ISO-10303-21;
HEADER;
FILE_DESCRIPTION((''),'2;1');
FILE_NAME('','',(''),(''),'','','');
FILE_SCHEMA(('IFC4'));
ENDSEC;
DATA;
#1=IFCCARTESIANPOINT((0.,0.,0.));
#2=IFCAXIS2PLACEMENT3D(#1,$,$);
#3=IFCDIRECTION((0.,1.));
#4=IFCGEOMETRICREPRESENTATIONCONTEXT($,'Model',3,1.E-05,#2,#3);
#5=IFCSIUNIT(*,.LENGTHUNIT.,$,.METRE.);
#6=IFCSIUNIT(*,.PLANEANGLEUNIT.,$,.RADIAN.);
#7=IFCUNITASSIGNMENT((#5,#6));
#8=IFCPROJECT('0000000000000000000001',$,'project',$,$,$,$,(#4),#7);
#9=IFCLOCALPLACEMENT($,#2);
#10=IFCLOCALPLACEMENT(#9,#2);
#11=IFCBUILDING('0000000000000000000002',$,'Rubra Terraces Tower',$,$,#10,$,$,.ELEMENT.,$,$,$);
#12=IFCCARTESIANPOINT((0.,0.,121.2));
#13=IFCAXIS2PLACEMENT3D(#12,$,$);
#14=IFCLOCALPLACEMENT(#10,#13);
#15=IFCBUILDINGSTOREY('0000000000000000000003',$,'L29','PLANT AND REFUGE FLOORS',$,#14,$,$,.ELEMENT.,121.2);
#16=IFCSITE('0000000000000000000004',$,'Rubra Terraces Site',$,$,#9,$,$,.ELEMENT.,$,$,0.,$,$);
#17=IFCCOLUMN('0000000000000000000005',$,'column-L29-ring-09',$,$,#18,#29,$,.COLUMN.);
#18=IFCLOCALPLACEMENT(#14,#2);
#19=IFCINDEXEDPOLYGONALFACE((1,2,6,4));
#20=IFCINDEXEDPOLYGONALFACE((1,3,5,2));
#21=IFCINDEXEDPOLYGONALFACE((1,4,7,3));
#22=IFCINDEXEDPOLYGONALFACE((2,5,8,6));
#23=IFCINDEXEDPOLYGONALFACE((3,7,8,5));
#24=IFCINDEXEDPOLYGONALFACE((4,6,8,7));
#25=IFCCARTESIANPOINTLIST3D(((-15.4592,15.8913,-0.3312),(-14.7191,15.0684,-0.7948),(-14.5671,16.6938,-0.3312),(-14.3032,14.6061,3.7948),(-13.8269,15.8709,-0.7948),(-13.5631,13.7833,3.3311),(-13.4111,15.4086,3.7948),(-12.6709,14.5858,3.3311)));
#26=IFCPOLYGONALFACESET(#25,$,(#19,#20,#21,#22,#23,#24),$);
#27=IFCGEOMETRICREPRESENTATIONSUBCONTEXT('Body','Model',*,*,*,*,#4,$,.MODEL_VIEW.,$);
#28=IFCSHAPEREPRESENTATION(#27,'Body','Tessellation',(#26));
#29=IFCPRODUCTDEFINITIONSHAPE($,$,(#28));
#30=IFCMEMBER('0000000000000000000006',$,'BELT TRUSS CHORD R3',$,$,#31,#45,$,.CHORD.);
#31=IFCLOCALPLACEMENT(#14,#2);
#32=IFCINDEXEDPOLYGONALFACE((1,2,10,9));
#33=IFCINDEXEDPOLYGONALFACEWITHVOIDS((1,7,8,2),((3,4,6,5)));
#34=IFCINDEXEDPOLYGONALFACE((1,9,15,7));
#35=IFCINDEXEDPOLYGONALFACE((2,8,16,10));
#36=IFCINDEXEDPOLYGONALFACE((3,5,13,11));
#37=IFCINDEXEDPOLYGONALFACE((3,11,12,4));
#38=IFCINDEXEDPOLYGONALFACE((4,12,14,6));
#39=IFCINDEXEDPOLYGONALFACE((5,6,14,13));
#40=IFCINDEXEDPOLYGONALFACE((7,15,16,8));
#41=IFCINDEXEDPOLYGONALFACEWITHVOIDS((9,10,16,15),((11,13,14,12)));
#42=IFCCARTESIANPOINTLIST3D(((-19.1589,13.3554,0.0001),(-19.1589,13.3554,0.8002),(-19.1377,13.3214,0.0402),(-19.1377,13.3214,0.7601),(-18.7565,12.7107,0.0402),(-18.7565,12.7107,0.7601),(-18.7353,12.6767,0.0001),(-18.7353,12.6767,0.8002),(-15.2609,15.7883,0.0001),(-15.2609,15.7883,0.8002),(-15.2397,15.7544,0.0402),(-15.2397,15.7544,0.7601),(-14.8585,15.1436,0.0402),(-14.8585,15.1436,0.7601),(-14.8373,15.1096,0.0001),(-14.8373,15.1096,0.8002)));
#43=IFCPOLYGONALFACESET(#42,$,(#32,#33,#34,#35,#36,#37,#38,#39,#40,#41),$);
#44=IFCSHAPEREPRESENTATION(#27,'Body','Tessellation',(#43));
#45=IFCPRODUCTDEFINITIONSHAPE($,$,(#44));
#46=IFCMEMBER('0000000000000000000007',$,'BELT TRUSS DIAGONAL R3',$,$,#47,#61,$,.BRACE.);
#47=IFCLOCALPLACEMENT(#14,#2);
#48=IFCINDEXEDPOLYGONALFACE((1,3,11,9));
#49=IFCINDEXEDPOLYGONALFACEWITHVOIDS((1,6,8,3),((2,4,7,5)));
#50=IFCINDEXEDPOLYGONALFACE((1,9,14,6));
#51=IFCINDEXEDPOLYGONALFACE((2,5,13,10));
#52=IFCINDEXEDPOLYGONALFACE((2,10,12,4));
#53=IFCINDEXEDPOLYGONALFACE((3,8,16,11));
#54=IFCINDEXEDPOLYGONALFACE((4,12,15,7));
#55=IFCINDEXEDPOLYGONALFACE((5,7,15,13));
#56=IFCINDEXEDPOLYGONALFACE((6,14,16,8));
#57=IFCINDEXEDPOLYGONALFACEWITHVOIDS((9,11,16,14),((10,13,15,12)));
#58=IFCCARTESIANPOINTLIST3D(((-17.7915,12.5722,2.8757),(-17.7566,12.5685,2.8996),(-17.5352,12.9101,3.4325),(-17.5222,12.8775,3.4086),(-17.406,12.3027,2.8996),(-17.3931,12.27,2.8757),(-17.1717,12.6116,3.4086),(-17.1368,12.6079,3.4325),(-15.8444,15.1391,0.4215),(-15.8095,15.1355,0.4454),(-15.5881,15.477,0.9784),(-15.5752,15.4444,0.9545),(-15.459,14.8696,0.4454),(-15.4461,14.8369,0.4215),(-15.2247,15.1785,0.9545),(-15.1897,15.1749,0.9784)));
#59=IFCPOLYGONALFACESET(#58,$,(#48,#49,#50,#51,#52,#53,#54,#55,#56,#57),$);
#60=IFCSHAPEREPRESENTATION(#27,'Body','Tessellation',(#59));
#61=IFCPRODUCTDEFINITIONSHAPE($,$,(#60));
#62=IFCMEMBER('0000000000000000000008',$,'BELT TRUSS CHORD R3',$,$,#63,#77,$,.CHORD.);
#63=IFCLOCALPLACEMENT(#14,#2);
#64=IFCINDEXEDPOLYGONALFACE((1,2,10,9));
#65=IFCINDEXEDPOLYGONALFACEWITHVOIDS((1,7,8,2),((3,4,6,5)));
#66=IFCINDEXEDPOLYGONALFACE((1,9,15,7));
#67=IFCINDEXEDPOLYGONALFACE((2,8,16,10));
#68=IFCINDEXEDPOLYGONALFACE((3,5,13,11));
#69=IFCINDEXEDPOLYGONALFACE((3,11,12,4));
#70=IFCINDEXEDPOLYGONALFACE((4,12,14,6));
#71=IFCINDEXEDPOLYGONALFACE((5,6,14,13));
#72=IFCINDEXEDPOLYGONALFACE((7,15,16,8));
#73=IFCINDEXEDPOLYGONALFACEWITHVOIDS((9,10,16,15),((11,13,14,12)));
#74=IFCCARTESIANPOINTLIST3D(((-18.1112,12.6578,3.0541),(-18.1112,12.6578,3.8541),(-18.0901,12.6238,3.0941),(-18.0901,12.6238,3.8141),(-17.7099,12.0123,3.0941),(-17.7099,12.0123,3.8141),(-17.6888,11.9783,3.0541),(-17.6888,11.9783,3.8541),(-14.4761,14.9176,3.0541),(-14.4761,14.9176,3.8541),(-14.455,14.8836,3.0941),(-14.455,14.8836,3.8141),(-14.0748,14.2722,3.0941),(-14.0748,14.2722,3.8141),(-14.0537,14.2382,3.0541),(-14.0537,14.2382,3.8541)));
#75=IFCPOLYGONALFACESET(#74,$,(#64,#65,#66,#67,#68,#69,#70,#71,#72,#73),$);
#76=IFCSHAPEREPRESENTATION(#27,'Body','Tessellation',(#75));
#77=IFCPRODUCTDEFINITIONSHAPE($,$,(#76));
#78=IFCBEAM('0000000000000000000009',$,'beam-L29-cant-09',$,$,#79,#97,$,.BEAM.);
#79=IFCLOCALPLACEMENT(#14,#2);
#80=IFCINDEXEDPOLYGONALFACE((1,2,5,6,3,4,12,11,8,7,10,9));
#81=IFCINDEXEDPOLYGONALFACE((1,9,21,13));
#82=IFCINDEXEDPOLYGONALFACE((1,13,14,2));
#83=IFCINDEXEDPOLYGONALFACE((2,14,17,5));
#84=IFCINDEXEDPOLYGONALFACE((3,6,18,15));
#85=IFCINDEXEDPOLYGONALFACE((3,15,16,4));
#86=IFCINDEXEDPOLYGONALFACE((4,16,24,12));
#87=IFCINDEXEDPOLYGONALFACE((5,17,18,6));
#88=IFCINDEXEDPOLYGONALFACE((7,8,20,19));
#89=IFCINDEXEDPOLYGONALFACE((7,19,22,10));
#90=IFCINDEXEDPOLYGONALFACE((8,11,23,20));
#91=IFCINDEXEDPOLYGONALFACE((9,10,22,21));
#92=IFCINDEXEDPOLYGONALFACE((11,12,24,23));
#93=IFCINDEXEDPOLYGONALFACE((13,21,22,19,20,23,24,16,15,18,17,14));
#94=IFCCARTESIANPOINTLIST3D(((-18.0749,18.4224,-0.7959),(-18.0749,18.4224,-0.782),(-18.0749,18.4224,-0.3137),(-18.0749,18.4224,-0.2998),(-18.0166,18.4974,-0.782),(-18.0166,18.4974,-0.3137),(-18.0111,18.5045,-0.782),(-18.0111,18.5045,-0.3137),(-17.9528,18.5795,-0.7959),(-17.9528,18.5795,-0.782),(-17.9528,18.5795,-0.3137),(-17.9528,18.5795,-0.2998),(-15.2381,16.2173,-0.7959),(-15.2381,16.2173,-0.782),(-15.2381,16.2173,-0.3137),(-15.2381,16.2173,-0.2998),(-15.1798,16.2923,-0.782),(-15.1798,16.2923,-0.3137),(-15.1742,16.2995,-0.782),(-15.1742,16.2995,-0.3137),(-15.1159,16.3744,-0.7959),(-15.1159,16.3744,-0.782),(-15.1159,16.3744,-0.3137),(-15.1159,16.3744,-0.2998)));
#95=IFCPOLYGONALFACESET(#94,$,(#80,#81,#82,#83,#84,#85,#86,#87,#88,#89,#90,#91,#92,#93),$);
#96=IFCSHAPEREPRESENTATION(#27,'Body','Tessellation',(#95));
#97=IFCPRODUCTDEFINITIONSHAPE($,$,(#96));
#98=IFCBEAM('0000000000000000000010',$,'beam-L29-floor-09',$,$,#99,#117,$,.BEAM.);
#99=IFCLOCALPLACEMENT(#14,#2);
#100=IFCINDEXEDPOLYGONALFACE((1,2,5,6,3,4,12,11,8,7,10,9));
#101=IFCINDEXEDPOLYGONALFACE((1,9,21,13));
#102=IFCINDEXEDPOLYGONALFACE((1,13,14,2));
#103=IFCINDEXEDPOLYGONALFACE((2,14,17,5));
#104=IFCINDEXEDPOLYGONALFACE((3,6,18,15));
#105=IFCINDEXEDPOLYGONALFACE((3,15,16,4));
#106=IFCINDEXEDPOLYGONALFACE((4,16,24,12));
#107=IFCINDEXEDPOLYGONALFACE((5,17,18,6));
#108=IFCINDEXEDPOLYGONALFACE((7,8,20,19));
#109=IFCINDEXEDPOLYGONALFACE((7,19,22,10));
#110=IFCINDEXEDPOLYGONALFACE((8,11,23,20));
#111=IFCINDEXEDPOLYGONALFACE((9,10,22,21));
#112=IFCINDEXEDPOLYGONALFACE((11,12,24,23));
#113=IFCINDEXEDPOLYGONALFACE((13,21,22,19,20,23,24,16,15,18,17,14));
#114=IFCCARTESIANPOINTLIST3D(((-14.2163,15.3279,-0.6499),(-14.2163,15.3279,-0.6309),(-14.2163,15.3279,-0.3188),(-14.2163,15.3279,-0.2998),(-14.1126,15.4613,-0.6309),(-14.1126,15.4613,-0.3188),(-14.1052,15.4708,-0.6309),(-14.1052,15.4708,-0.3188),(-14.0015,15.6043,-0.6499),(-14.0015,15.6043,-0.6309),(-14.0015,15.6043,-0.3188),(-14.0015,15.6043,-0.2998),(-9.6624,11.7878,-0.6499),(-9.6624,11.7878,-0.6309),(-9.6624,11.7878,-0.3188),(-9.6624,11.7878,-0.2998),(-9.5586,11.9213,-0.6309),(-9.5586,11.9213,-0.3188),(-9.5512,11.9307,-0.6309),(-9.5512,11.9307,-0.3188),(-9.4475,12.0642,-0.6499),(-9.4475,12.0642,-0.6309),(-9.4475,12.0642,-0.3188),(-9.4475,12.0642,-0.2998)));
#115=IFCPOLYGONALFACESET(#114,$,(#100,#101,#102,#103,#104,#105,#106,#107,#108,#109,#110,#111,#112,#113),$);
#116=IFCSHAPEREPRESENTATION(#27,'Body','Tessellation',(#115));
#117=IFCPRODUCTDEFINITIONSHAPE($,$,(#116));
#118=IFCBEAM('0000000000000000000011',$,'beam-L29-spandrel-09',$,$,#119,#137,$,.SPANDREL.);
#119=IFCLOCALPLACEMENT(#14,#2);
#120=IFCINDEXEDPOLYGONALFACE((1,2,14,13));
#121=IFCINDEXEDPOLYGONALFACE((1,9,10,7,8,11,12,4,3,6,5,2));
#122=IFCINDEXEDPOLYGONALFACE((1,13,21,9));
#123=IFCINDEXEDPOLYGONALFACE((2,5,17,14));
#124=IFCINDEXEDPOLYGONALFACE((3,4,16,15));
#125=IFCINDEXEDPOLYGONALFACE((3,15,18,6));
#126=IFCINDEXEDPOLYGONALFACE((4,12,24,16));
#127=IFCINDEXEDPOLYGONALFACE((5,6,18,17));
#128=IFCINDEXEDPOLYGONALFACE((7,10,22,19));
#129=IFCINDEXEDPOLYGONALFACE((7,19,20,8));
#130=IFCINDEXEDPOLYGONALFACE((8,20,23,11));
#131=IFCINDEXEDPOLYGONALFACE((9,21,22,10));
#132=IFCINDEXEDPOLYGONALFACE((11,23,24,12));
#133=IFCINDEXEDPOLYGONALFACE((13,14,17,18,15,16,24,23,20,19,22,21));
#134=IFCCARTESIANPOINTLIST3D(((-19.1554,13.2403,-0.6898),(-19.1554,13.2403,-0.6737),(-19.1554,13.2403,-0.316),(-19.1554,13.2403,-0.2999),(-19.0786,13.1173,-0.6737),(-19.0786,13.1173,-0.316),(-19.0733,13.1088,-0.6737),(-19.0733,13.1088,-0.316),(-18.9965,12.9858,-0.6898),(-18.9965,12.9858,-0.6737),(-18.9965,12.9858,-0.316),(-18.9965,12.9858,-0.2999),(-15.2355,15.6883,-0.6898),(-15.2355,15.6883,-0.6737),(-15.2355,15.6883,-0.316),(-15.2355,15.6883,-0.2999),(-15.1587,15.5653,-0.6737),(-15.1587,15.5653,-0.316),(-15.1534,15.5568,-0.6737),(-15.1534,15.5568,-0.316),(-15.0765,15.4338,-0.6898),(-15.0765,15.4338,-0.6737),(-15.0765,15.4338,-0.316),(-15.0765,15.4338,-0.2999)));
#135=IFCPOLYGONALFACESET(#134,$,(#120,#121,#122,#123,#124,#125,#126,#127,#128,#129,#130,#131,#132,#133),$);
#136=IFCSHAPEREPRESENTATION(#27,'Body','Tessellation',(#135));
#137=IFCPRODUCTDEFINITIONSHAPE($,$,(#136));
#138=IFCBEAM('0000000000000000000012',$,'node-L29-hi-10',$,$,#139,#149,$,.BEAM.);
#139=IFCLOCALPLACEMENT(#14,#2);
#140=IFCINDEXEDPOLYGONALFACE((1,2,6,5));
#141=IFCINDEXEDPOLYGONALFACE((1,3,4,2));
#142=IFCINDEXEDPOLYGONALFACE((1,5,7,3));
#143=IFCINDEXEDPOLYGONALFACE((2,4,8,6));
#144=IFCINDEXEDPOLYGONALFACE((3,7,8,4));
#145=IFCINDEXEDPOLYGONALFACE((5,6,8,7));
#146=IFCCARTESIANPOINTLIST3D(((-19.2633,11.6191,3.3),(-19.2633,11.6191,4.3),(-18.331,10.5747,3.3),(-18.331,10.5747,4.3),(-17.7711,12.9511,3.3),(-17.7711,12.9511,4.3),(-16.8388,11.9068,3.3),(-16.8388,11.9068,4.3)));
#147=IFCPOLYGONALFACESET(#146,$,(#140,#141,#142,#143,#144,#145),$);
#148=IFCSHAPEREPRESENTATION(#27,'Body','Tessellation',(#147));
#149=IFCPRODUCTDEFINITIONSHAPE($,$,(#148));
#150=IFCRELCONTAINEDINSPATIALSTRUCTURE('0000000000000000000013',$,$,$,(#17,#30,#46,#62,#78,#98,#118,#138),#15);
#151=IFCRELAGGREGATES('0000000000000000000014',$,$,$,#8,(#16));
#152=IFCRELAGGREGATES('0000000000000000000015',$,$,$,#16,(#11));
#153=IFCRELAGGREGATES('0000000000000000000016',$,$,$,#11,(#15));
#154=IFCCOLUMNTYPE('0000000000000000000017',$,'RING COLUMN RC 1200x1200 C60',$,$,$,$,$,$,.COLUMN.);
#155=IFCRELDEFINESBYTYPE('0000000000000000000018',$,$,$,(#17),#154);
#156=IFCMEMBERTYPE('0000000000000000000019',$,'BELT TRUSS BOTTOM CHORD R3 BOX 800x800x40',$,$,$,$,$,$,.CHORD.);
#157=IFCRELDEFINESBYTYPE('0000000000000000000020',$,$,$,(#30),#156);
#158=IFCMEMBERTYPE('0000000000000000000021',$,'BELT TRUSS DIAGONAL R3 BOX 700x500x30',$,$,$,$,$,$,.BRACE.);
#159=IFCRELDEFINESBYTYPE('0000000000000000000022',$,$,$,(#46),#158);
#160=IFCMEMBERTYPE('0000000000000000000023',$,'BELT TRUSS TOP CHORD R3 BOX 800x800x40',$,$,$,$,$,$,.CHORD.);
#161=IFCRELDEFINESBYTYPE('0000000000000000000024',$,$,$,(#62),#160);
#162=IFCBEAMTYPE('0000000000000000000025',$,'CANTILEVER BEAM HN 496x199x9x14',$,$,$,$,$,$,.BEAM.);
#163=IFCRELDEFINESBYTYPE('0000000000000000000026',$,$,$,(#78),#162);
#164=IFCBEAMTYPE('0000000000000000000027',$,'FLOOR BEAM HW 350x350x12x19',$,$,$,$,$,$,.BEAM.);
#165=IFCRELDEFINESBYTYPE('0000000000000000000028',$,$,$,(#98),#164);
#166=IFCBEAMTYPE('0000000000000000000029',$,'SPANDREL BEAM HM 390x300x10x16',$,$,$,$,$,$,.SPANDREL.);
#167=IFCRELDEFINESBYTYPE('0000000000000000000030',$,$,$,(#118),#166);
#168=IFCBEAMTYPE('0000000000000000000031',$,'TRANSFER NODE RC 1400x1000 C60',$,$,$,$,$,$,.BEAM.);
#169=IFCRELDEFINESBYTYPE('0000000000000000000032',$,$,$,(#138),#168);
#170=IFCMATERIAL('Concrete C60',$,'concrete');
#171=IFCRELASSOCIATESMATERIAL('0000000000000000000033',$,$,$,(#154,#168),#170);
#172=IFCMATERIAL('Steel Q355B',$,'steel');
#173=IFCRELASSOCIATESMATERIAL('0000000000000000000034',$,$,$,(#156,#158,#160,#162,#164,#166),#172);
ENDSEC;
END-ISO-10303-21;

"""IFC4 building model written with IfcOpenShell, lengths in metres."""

from ifc_helpers import new_model, si_unit, direction, frame, origin, origin_2d, place, context, subcontext, project, spatial, rectangle, hollow_rectangle, i_section, extrude, material, material_profile, profile_set, type_object, element, save


model = new_model("IFC4")

# Units and contexts
model_context = context("Model", 3, precision=1e-05, world=origin(), true_north=direction((0.0, 1.0)))
body_context = subcontext(model_context, "Body", "Model", "MODEL_VIEW")
ifc_project = project(units=[si_unit("LENGTHUNIT", "METRE"), si_unit("PLANEANGLEUNIT", "RADIAN")], contexts=[model_context])

# Site, building, storey
site_placement = place(None, origin())
site = spatial("IfcSite", under=ifc_project, at=site_placement, Name="Rubra Terraces Site", CompositionType="ELEMENT", RefElevation=0.0)
building_placement = place(site_placement, origin())
building = spatial("IfcBuilding", under=site, at=building_placement, Name="Rubra Terraces Tower", CompositionType="ELEMENT")
storey_placement = place(building_placement, frame((0.0, 0.0, 121.2)))
storey = spatial("IfcBuildingStorey", under=building, at=storey_placement, Name="L29", Description="PLANT AND REFUGE FLOORS", CompositionType="ELEMENT", Elevation=121.2)

# Column
ifc_material_1 = material(Name="Concrete C60", Category="concrete")
ifc_material_profile_1 = material_profile(ifc_material_1, rectangle(XDim=1.2, YDim=1.2, at=origin_2d()), Name="RC 1200x1200")
ifc_profile_set_1 = profile_set([ifc_material_profile_1], Name="Concrete C60")
column_type = type_object("IfcColumnType", Name="RING COLUMN RC 1200x1200 C60", PredefinedType="COLUMN", material=ifc_profile_set_1)
column_placement = place(storey_placement, frame((-14.6431, 15.8811, -0.563), z_axis=(0.258415, -0.287286, 0.922328), x_axis=(0.743477, 0.668762, 0.0)))
element("IfcColumn", 1, at=column_placement, inside=storey, type_object=column_type, Name="column-L29-ring-09", PredefinedType="COLUMN", context=body_context, shape_type="SweptSolid", body=[
    extrude(rectangle(XDim=1.2, YDim=1.2, at=origin_2d()), origin(), (0.0, 0.0, 1.0), 4.4734),
])

# Members
ifc_material_2 = material(Name="Steel Q355B", Category="steel")
ifc_material_profile_2 = material_profile(ifc_material_2, hollow_rectangle(XDim=0.8, YDim=0.8, WallThickness=0.04, at=origin_2d()), Name="BOX 800x800x40")
ifc_profile_set_2 = profile_set([ifc_material_profile_2], Name="Steel Q355B")
member_type_1 = type_object("IfcMemberType", Name="BELT TRUSS BOTTOM CHORD R3 BOX 800x800x40", PredefinedType="CHORD", material=ifc_profile_set_2)
member_1_placement = place(storey_placement, frame((-15.0491, 15.449, 0.4001), z_axis=(-0.848326, -0.529473, 0.0), x_axis=(0.529473, -0.848326, 0.0)))
element("IfcMember", 2, at=member_1_placement, inside=storey, type_object=member_type_1, Name="BELT TRUSS CHORD R3", PredefinedType="CHORD", context=body_context, shape_type="SweptSolid", body=[
    extrude(hollow_rectangle(XDim=0.8, YDim=0.8, WallThickness=0.04, at=origin_2d()), origin(), (0.0, 0.0, 1.0), 4.595),
])
ifc_material_profile_3 = material_profile(ifc_material_2, hollow_rectangle(XDim=0.5, YDim=0.7, WallThickness=0.03, at=origin_2d()), Name="BOX 700x500x30")
ifc_profile_set_3 = profile_set([ifc_material_profile_3], Name="Steel Q355B")
member_type_2 = type_object("IfcMemberType", Name="BELT TRUSS DIAGONAL R3 BOX 700x500x30", PredefinedType="BRACE", material=ifc_profile_set_3)
member_2_placement = place(storey_placement, frame((-15.5171, 15.157, 0.7), z_axis=(-0.480747, -0.633802, 0.605952), x_axis=(0.796733, -0.604332, 0.0)))
element("IfcMember", 3, at=member_2_placement, inside=storey, type_object=member_type_2, Name="BELT TRUSS DIAGONAL R3", PredefinedType="BRACE", context=body_context, shape_type="SweptSolid", body=[
    extrude(hollow_rectangle(XDim=0.5, YDim=0.7, WallThickness=0.03, at=origin_2d()), origin(), (0.0, 0.0, 1.0), 4.05),
])
ifc_material_profile_4 = material_profile(ifc_material_2, hollow_rectangle(XDim=0.8, YDim=0.8, WallThickness=0.04, at=origin_2d()), Name="BOX 800x800x40")
ifc_profile_set_4 = profile_set([ifc_material_profile_4], Name="Steel Q355B")
member_type_3 = type_object("IfcMemberType", Name="BELT TRUSS TOP CHORD R3 BOX 800x800x40", PredefinedType="CHORD", material=ifc_profile_set_4)
member_3_placement = place(storey_placement, frame((-14.2649, 14.5779, 3.4541), z_axis=(-0.849268, -0.527962, 0.0), x_axis=(0.527962, -0.849268, 0.0)))
element("IfcMember", 4, at=member_3_placement, inside=storey, type_object=member_type_3, Name="BELT TRUSS CHORD R3", PredefinedType="CHORD", context=body_context, shape_type="SweptSolid", body=[
    extrude(hollow_rectangle(XDim=0.8, YDim=0.8, WallThickness=0.04, at=origin_2d()), origin(), (0.0, 0.0, 1.0), 4.2803),
])

# Beams
ifc_material_profile_5 = material_profile(ifc_material_2, i_section(OverallWidth=0.199, OverallDepth=0.4961, WebThickness=0.009, FlangeThickness=0.0139, at=origin_2d()), Name="HN 496x199x9x14")
ifc_profile_set_5 = profile_set([ifc_material_profile_5], Name="Steel Q355B")
beam_type_1 = type_object("IfcBeamType", Name="CANTILEVER BEAM HN 496x199x9x14", PredefinedType="BEAM", material=ifc_profile_set_5)
beam_1_placement = place(storey_placement, frame((-15.177, 16.2959, -0.5479), z_axis=(-0.789542, 0.613696, 0.0), x_axis=(-0.613696, -0.789542, 0.0)))
element("IfcBeam", 5, at=beam_1_placement, inside=storey, type_object=beam_type_1, Name="beam-L29-cant-09", PredefinedType="BEAM", context=body_context, shape_type="SweptSolid", body=[
    extrude(i_section(OverallWidth=0.199, OverallDepth=0.4961, WebThickness=0.009, FlangeThickness=0.0139, at=origin_2d()), origin(), (0.0, 0.0, 1.0), 3.593),
])
ifc_material_profile_6 = material_profile(ifc_material_2, i_section(OverallWidth=0.3501, OverallDepth=0.3501, WebThickness=0.012, FlangeThickness=0.019, at=origin_2d()), Name="HW 350x350x12x19")
ifc_profile_set_6 = profile_set([ifc_material_profile_6], Name="Steel Q355B")
beam_type_2 = type_object("IfcBeamType", Name="FLOOR BEAM HW 350x350x12x19", PredefinedType="BEAM", material=ifc_profile_set_6)
beam_2_placement = place(storey_placement, frame((-14.1089, 15.4661, -0.4749), z_axis=(0.789514, -0.613733, 0.0), x_axis=(0.613733, 0.789514, 0.0)))
element("IfcBeam", 6, at=beam_2_placement, inside=storey, type_object=beam_type_2, Name="beam-L29-floor-09", PredefinedType="BEAM", context=body_context, shape_type="SweptSolid", body=[
    extrude(i_section(OverallWidth=0.3501, OverallDepth=0.3501, WebThickness=0.012, FlangeThickness=0.019, at=origin_2d()), origin(), (0.0, 0.0, 1.0), 5.7681),
])
ifc_material_profile_7 = material_profile(ifc_material_2, i_section(OverallWidth=0.3, OverallDepth=0.3899, WebThickness=0.01, FlangeThickness=0.0161, at=origin_2d()), Name="HM 390x300x10x16")
ifc_profile_set_7 = profile_set([ifc_material_profile_7], Name="Steel Q355B")
beam_type_3 = type_object("IfcBeamType", Name="SPANDREL BEAM HM 390x300x10x16", PredefinedType="SPANDREL", material=ifc_profile_set_7)
beam_3_placement = place(storey_placement, frame((-15.156, 15.561, -0.4949), z_axis=(-0.848188, -0.529695, 0.0), x_axis=(0.529695, -0.848188, 0.0)))
element("IfcBeam", 7, at=beam_3_placement, inside=storey, type_object=beam_type_3, Name="beam-L29-spandrel-09", PredefinedType="SPANDREL", context=body_context, shape_type="SweptSolid", body=[
    extrude(i_section(OverallWidth=0.3, OverallDepth=0.3899, WebThickness=0.01, FlangeThickness=0.0161, at=origin_2d()), origin(), (0.0, 0.0, 1.0), 4.6216),
])
ifc_material_profile_8 = material_profile(ifc_material_1, rectangle(XDim=1.3999, YDim=1.0, at=origin_2d()), Name="RC 1400x1000")
ifc_profile_set_8 = profile_set([ifc_material_profile_8], Name="Concrete C60")
beam_type_4 = type_object("IfcBeamType", Name="TRANSFER NODE RC 1400x1000 C60", PredefinedType="BEAM", material=ifc_profile_set_8)
beam_4_placement = place(storey_placement, frame((-17.3049, 12.429, 3.8), z_axis=(-0.746007, -0.665938, 0.0), x_axis=(0.665938, -0.746007, 0.0)))
element("IfcBeam", 8, at=beam_4_placement, inside=storey, type_object=beam_type_4, Name="node-L29-hi-10", PredefinedType="BEAM", context=body_context, shape_type="SweptSolid", body=[
    extrude(rectangle(XDim=1.3999, YDim=1.0, at=origin_2d()), origin(), (0.0, 0.0, 1.0), 2.0002),
])

save(model, "model.ifc")
